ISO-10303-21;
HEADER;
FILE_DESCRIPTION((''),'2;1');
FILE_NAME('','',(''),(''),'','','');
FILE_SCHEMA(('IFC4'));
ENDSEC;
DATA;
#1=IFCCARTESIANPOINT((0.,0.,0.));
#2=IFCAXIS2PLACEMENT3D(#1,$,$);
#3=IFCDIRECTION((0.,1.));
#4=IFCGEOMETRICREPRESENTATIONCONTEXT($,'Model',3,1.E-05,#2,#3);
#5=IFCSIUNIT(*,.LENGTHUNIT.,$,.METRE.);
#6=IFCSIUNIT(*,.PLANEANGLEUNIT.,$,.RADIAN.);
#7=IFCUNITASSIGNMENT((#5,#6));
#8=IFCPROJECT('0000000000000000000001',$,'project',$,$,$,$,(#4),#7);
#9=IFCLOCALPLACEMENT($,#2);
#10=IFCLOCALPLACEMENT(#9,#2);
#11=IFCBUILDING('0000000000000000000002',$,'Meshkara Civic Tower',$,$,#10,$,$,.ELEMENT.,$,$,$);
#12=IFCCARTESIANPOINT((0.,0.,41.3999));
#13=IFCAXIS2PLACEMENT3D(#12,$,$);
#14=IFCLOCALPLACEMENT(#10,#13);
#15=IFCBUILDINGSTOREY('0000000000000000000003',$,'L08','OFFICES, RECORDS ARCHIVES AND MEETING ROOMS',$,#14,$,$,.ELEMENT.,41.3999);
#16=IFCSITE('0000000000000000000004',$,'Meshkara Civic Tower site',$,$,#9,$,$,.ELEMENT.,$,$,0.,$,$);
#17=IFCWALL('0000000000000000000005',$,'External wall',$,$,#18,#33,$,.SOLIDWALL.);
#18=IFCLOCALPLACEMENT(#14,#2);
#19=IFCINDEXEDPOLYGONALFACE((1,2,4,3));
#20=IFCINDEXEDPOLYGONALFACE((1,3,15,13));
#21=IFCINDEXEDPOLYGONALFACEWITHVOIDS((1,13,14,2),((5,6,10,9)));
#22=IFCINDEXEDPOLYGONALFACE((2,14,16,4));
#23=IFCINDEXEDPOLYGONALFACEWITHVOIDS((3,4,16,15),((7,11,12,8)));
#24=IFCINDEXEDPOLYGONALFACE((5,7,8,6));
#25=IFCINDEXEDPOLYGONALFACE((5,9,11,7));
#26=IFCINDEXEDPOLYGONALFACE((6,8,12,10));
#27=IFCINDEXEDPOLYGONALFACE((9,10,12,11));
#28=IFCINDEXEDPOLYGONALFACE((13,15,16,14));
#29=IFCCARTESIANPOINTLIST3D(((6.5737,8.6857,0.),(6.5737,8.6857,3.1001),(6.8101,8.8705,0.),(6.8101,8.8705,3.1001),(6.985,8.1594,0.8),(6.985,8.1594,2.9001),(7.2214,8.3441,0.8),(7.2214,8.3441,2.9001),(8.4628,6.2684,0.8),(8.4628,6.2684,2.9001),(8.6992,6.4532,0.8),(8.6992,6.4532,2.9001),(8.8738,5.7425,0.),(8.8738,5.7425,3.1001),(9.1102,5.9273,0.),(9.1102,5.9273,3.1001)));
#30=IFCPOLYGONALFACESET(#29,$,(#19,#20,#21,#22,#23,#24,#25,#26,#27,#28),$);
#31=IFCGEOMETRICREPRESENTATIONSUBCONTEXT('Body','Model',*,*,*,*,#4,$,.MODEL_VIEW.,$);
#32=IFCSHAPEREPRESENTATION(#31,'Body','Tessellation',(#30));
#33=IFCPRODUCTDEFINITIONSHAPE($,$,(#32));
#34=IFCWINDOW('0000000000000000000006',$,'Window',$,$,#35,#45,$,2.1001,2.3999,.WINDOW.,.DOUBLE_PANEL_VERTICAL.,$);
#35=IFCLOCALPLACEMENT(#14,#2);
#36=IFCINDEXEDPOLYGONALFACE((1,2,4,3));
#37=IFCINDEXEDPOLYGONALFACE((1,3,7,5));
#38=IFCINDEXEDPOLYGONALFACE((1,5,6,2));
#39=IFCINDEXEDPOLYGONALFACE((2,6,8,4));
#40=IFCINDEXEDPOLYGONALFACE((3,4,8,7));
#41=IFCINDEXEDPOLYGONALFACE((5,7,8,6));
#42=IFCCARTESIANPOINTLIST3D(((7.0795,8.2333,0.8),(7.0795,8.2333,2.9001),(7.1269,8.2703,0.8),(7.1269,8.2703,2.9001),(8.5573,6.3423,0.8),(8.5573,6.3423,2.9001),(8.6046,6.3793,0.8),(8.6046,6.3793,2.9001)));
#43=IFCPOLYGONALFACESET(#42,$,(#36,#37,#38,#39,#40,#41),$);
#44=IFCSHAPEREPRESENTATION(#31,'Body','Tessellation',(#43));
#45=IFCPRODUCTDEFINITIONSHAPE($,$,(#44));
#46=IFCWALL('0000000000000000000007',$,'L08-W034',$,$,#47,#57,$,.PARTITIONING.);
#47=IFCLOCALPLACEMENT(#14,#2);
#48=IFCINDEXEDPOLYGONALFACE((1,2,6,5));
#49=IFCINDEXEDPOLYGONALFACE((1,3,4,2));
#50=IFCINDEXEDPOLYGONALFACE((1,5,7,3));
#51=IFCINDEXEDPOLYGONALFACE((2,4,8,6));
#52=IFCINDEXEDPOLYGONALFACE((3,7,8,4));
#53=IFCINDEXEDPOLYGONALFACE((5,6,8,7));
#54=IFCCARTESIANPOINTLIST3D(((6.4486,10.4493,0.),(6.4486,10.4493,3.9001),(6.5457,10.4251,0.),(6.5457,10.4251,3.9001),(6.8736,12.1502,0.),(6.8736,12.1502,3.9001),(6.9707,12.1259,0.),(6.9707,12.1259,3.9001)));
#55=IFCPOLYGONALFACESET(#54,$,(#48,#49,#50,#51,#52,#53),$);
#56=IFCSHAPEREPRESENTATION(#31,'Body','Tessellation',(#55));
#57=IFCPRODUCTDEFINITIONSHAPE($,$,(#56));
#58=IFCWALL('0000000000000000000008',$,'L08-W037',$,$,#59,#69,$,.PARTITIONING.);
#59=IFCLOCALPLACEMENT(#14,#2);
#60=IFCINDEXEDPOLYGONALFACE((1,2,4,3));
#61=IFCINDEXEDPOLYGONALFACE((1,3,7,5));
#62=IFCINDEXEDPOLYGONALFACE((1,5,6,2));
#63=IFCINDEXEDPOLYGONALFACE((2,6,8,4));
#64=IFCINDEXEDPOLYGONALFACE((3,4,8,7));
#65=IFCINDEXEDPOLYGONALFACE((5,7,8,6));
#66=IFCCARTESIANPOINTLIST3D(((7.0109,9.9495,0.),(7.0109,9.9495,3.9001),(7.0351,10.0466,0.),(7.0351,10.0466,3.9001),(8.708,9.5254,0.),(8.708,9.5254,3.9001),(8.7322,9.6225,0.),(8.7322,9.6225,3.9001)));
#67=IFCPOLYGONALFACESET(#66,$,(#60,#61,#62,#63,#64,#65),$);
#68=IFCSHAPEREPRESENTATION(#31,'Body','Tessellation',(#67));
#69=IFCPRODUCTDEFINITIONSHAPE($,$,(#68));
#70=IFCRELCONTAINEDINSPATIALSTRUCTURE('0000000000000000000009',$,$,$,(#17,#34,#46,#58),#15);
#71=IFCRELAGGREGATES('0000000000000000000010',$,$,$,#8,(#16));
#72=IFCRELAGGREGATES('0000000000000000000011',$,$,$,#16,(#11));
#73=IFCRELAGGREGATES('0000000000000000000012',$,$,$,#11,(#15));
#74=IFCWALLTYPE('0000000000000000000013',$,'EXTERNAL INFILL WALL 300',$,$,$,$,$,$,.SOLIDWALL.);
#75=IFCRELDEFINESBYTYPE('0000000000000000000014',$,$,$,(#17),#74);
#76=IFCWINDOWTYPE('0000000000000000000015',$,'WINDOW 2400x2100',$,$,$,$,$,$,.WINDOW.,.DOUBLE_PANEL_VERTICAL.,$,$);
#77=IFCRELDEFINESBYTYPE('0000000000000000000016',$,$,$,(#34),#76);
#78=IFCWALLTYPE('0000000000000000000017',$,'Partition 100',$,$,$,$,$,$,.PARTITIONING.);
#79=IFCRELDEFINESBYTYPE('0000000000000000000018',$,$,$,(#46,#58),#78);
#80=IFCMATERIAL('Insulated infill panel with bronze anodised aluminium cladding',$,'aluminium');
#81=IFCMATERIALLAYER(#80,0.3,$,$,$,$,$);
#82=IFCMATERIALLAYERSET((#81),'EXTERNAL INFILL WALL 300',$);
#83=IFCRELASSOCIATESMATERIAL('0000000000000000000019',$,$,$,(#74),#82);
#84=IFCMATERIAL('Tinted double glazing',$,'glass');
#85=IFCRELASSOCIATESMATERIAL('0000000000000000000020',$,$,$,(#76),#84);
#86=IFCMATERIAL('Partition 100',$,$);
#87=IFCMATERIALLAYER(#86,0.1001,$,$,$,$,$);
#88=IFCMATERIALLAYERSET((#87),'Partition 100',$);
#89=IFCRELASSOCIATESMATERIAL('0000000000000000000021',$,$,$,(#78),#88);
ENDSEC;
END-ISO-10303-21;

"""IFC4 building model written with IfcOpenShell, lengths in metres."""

from ifc_helpers import new_model, si_unit, direction, frame, frame_2d, origin, place, context, subcontext, project, spatial, rectangle, extrude, material, layer, layer_set, type_object, element, fill, save


model = new_model("IFC4")

# Units and contexts
model_context = context("Model", 3, precision=1e-05, world=origin(), true_north=direction((0.0, 1.0)))
body_context = subcontext(model_context, "Body", "Model", "MODEL_VIEW")
ifc_project = project(units=[si_unit("LENGTHUNIT", "METRE"), si_unit("PLANEANGLEUNIT", "RADIAN")], contexts=[model_context])

# Site, building, storey
site_placement = place(None, origin())
site = spatial("IfcSite", under=ifc_project, at=site_placement, Name="Meshkara Civic Tower site", CompositionType="ELEMENT", RefElevation=0.0)
building_placement = place(site_placement, origin())
building = spatial("IfcBuilding", under=site, at=building_placement, Name="Meshkara Civic Tower", CompositionType="ELEMENT")
storey_placement = place(building_placement, frame((0.0, 0.0, 41.3999)))
storey = spatial("IfcBuildingStorey", under=building, at=storey_placement, Name="L08", Description="OFFICES, RECORDS ARCHIVES AND MEETING ROOMS", CompositionType="ELEMENT", Elevation=41.3999)

# Wall, opening, window
ifc_material_1 = material(Name="Insulated infill panel with bronze anodised aluminium cladding", Category="aluminium")
ifc_layer_1 = layer(ifc_material_1, 0.3)
ifc_layer_set_1 = layer_set([ifc_layer_1], Name="EXTERNAL INFILL WALL 300")
wall_type_1 = type_object("IfcWallType", Name="EXTERNAL INFILL WALL 300", PredefinedType="SOLIDWALL", material=ifc_layer_set_1)
ifc_material_2 = material(Name="Tinted double glazing", Category="glass")
window_type = type_object("IfcWindowType", Name="WINDOW 2400x2100", PartitioningType="DOUBLE_PANEL_VERTICAL", PredefinedType="WINDOW", material=ifc_material_2)
wall_1_placement = place(storey_placement, frame((6.6919, 8.7781, 0.0), z_axis=(0.0, 0.0, 1.0), x_axis=(0.615767, -0.787928, 0.0)))
wall_1 = element("IfcWall", 1, at=wall_1_placement, inside=storey, type_object=wall_type_1, Name="External wall", PredefinedType="SOLIDWALL", context=body_context, shape_type="SweptSolid", body=[
    extrude(rectangle(XDim=3.7354, YDim=0.3, at=frame_2d((1.8677, 0.0))), origin(), (0.0, 0.0, 1.0), 3.1001),
])
opening_1_placement = place(wall_1_placement, frame((0.668, 0.0, 0.8)))
opening_1 = element("IfcOpeningElement", 2, at=opening_1_placement, cuts=wall_1, PredefinedType="OPENING", context=body_context, shape_type="SweptSolid", body=[
    extrude(rectangle(XDim=2.3999, YDim=2.1001, at=frame_2d((1.2, 1.05))), frame((0.0, 0.1599, 0.0), z_axis=(0.0, -1.0, 0.0), x_axis=(1.0, 0.0, 0.0)), (0.0, 0.0, 1.0), 0.3201),
])
window_1_placement = place(opening_1_placement, origin())
window_1 = element("IfcWindow", 3, at=window_1_placement, inside=storey, type_object=window_type, Name="Window", OverallHeight=2.1001, OverallWidth=2.3999, PartitioningType="DOUBLE_PANEL_VERTICAL", PredefinedType="WINDOW", context=body_context, shape_type="SweptSolid", body=[
    extrude(rectangle(XDim=2.3999, YDim=2.1001, at=frame_2d((1.2, 1.05))), frame((0.0, 0.03, 0.0), z_axis=(0.0, -1.0, 0.0), x_axis=(1.0, 0.0, 0.0)), (0.0, 0.0, 1.0), 0.0601),
])
fill(opening_1, window_1)

# Walls
ifc_material_3 = material(Name="Partition 100")
ifc_layer_2 = layer(ifc_material_3, 0.1001)
ifc_layer_set_2 = layer_set([ifc_layer_2], Name="Partition 100")
wall_type_2 = type_object("IfcWallType", Name="Partition 100", PredefinedType="PARTITIONING", material=ifc_layer_set_2)
wall_2_placement = place(storey_placement, frame((6.9221, 12.1379, 0.0), z_axis=(0.0, 0.0, 1.0), x_axis=(-0.242437, -0.970167, 0.0)))
element("IfcWall", 4, at=wall_2_placement, inside=storey, type_object=wall_type_2, Name="L08-W034", PredefinedType="PARTITIONING", context=body_context, shape_type="SweptSolid", body=[
    extrude(rectangle(XDim=1.7532, YDim=0.1001, at=frame_2d((0.8765, 0.0))), origin(), (0.0, 0.0, 1.0), 3.9001),
])
wall_3_placement = place(storey_placement, frame((8.72, 9.574, 0.0), z_axis=(0.0, 0.0, 1.0), x_axis=(-0.970167, 0.242437, 0.0)))
element("IfcWall", 5, at=wall_3_placement, inside=storey, type_object=wall_type_2, Name="L08-W037", PredefinedType="PARTITIONING", context=body_context, shape_type="SweptSolid", body=[
    extrude(rectangle(XDim=1.7493, YDim=0.1001, at=frame_2d((0.8745, 0.0))), origin(), (0.0, 0.0, 1.0), 3.9001),
])

save(model, "model.ifc")
